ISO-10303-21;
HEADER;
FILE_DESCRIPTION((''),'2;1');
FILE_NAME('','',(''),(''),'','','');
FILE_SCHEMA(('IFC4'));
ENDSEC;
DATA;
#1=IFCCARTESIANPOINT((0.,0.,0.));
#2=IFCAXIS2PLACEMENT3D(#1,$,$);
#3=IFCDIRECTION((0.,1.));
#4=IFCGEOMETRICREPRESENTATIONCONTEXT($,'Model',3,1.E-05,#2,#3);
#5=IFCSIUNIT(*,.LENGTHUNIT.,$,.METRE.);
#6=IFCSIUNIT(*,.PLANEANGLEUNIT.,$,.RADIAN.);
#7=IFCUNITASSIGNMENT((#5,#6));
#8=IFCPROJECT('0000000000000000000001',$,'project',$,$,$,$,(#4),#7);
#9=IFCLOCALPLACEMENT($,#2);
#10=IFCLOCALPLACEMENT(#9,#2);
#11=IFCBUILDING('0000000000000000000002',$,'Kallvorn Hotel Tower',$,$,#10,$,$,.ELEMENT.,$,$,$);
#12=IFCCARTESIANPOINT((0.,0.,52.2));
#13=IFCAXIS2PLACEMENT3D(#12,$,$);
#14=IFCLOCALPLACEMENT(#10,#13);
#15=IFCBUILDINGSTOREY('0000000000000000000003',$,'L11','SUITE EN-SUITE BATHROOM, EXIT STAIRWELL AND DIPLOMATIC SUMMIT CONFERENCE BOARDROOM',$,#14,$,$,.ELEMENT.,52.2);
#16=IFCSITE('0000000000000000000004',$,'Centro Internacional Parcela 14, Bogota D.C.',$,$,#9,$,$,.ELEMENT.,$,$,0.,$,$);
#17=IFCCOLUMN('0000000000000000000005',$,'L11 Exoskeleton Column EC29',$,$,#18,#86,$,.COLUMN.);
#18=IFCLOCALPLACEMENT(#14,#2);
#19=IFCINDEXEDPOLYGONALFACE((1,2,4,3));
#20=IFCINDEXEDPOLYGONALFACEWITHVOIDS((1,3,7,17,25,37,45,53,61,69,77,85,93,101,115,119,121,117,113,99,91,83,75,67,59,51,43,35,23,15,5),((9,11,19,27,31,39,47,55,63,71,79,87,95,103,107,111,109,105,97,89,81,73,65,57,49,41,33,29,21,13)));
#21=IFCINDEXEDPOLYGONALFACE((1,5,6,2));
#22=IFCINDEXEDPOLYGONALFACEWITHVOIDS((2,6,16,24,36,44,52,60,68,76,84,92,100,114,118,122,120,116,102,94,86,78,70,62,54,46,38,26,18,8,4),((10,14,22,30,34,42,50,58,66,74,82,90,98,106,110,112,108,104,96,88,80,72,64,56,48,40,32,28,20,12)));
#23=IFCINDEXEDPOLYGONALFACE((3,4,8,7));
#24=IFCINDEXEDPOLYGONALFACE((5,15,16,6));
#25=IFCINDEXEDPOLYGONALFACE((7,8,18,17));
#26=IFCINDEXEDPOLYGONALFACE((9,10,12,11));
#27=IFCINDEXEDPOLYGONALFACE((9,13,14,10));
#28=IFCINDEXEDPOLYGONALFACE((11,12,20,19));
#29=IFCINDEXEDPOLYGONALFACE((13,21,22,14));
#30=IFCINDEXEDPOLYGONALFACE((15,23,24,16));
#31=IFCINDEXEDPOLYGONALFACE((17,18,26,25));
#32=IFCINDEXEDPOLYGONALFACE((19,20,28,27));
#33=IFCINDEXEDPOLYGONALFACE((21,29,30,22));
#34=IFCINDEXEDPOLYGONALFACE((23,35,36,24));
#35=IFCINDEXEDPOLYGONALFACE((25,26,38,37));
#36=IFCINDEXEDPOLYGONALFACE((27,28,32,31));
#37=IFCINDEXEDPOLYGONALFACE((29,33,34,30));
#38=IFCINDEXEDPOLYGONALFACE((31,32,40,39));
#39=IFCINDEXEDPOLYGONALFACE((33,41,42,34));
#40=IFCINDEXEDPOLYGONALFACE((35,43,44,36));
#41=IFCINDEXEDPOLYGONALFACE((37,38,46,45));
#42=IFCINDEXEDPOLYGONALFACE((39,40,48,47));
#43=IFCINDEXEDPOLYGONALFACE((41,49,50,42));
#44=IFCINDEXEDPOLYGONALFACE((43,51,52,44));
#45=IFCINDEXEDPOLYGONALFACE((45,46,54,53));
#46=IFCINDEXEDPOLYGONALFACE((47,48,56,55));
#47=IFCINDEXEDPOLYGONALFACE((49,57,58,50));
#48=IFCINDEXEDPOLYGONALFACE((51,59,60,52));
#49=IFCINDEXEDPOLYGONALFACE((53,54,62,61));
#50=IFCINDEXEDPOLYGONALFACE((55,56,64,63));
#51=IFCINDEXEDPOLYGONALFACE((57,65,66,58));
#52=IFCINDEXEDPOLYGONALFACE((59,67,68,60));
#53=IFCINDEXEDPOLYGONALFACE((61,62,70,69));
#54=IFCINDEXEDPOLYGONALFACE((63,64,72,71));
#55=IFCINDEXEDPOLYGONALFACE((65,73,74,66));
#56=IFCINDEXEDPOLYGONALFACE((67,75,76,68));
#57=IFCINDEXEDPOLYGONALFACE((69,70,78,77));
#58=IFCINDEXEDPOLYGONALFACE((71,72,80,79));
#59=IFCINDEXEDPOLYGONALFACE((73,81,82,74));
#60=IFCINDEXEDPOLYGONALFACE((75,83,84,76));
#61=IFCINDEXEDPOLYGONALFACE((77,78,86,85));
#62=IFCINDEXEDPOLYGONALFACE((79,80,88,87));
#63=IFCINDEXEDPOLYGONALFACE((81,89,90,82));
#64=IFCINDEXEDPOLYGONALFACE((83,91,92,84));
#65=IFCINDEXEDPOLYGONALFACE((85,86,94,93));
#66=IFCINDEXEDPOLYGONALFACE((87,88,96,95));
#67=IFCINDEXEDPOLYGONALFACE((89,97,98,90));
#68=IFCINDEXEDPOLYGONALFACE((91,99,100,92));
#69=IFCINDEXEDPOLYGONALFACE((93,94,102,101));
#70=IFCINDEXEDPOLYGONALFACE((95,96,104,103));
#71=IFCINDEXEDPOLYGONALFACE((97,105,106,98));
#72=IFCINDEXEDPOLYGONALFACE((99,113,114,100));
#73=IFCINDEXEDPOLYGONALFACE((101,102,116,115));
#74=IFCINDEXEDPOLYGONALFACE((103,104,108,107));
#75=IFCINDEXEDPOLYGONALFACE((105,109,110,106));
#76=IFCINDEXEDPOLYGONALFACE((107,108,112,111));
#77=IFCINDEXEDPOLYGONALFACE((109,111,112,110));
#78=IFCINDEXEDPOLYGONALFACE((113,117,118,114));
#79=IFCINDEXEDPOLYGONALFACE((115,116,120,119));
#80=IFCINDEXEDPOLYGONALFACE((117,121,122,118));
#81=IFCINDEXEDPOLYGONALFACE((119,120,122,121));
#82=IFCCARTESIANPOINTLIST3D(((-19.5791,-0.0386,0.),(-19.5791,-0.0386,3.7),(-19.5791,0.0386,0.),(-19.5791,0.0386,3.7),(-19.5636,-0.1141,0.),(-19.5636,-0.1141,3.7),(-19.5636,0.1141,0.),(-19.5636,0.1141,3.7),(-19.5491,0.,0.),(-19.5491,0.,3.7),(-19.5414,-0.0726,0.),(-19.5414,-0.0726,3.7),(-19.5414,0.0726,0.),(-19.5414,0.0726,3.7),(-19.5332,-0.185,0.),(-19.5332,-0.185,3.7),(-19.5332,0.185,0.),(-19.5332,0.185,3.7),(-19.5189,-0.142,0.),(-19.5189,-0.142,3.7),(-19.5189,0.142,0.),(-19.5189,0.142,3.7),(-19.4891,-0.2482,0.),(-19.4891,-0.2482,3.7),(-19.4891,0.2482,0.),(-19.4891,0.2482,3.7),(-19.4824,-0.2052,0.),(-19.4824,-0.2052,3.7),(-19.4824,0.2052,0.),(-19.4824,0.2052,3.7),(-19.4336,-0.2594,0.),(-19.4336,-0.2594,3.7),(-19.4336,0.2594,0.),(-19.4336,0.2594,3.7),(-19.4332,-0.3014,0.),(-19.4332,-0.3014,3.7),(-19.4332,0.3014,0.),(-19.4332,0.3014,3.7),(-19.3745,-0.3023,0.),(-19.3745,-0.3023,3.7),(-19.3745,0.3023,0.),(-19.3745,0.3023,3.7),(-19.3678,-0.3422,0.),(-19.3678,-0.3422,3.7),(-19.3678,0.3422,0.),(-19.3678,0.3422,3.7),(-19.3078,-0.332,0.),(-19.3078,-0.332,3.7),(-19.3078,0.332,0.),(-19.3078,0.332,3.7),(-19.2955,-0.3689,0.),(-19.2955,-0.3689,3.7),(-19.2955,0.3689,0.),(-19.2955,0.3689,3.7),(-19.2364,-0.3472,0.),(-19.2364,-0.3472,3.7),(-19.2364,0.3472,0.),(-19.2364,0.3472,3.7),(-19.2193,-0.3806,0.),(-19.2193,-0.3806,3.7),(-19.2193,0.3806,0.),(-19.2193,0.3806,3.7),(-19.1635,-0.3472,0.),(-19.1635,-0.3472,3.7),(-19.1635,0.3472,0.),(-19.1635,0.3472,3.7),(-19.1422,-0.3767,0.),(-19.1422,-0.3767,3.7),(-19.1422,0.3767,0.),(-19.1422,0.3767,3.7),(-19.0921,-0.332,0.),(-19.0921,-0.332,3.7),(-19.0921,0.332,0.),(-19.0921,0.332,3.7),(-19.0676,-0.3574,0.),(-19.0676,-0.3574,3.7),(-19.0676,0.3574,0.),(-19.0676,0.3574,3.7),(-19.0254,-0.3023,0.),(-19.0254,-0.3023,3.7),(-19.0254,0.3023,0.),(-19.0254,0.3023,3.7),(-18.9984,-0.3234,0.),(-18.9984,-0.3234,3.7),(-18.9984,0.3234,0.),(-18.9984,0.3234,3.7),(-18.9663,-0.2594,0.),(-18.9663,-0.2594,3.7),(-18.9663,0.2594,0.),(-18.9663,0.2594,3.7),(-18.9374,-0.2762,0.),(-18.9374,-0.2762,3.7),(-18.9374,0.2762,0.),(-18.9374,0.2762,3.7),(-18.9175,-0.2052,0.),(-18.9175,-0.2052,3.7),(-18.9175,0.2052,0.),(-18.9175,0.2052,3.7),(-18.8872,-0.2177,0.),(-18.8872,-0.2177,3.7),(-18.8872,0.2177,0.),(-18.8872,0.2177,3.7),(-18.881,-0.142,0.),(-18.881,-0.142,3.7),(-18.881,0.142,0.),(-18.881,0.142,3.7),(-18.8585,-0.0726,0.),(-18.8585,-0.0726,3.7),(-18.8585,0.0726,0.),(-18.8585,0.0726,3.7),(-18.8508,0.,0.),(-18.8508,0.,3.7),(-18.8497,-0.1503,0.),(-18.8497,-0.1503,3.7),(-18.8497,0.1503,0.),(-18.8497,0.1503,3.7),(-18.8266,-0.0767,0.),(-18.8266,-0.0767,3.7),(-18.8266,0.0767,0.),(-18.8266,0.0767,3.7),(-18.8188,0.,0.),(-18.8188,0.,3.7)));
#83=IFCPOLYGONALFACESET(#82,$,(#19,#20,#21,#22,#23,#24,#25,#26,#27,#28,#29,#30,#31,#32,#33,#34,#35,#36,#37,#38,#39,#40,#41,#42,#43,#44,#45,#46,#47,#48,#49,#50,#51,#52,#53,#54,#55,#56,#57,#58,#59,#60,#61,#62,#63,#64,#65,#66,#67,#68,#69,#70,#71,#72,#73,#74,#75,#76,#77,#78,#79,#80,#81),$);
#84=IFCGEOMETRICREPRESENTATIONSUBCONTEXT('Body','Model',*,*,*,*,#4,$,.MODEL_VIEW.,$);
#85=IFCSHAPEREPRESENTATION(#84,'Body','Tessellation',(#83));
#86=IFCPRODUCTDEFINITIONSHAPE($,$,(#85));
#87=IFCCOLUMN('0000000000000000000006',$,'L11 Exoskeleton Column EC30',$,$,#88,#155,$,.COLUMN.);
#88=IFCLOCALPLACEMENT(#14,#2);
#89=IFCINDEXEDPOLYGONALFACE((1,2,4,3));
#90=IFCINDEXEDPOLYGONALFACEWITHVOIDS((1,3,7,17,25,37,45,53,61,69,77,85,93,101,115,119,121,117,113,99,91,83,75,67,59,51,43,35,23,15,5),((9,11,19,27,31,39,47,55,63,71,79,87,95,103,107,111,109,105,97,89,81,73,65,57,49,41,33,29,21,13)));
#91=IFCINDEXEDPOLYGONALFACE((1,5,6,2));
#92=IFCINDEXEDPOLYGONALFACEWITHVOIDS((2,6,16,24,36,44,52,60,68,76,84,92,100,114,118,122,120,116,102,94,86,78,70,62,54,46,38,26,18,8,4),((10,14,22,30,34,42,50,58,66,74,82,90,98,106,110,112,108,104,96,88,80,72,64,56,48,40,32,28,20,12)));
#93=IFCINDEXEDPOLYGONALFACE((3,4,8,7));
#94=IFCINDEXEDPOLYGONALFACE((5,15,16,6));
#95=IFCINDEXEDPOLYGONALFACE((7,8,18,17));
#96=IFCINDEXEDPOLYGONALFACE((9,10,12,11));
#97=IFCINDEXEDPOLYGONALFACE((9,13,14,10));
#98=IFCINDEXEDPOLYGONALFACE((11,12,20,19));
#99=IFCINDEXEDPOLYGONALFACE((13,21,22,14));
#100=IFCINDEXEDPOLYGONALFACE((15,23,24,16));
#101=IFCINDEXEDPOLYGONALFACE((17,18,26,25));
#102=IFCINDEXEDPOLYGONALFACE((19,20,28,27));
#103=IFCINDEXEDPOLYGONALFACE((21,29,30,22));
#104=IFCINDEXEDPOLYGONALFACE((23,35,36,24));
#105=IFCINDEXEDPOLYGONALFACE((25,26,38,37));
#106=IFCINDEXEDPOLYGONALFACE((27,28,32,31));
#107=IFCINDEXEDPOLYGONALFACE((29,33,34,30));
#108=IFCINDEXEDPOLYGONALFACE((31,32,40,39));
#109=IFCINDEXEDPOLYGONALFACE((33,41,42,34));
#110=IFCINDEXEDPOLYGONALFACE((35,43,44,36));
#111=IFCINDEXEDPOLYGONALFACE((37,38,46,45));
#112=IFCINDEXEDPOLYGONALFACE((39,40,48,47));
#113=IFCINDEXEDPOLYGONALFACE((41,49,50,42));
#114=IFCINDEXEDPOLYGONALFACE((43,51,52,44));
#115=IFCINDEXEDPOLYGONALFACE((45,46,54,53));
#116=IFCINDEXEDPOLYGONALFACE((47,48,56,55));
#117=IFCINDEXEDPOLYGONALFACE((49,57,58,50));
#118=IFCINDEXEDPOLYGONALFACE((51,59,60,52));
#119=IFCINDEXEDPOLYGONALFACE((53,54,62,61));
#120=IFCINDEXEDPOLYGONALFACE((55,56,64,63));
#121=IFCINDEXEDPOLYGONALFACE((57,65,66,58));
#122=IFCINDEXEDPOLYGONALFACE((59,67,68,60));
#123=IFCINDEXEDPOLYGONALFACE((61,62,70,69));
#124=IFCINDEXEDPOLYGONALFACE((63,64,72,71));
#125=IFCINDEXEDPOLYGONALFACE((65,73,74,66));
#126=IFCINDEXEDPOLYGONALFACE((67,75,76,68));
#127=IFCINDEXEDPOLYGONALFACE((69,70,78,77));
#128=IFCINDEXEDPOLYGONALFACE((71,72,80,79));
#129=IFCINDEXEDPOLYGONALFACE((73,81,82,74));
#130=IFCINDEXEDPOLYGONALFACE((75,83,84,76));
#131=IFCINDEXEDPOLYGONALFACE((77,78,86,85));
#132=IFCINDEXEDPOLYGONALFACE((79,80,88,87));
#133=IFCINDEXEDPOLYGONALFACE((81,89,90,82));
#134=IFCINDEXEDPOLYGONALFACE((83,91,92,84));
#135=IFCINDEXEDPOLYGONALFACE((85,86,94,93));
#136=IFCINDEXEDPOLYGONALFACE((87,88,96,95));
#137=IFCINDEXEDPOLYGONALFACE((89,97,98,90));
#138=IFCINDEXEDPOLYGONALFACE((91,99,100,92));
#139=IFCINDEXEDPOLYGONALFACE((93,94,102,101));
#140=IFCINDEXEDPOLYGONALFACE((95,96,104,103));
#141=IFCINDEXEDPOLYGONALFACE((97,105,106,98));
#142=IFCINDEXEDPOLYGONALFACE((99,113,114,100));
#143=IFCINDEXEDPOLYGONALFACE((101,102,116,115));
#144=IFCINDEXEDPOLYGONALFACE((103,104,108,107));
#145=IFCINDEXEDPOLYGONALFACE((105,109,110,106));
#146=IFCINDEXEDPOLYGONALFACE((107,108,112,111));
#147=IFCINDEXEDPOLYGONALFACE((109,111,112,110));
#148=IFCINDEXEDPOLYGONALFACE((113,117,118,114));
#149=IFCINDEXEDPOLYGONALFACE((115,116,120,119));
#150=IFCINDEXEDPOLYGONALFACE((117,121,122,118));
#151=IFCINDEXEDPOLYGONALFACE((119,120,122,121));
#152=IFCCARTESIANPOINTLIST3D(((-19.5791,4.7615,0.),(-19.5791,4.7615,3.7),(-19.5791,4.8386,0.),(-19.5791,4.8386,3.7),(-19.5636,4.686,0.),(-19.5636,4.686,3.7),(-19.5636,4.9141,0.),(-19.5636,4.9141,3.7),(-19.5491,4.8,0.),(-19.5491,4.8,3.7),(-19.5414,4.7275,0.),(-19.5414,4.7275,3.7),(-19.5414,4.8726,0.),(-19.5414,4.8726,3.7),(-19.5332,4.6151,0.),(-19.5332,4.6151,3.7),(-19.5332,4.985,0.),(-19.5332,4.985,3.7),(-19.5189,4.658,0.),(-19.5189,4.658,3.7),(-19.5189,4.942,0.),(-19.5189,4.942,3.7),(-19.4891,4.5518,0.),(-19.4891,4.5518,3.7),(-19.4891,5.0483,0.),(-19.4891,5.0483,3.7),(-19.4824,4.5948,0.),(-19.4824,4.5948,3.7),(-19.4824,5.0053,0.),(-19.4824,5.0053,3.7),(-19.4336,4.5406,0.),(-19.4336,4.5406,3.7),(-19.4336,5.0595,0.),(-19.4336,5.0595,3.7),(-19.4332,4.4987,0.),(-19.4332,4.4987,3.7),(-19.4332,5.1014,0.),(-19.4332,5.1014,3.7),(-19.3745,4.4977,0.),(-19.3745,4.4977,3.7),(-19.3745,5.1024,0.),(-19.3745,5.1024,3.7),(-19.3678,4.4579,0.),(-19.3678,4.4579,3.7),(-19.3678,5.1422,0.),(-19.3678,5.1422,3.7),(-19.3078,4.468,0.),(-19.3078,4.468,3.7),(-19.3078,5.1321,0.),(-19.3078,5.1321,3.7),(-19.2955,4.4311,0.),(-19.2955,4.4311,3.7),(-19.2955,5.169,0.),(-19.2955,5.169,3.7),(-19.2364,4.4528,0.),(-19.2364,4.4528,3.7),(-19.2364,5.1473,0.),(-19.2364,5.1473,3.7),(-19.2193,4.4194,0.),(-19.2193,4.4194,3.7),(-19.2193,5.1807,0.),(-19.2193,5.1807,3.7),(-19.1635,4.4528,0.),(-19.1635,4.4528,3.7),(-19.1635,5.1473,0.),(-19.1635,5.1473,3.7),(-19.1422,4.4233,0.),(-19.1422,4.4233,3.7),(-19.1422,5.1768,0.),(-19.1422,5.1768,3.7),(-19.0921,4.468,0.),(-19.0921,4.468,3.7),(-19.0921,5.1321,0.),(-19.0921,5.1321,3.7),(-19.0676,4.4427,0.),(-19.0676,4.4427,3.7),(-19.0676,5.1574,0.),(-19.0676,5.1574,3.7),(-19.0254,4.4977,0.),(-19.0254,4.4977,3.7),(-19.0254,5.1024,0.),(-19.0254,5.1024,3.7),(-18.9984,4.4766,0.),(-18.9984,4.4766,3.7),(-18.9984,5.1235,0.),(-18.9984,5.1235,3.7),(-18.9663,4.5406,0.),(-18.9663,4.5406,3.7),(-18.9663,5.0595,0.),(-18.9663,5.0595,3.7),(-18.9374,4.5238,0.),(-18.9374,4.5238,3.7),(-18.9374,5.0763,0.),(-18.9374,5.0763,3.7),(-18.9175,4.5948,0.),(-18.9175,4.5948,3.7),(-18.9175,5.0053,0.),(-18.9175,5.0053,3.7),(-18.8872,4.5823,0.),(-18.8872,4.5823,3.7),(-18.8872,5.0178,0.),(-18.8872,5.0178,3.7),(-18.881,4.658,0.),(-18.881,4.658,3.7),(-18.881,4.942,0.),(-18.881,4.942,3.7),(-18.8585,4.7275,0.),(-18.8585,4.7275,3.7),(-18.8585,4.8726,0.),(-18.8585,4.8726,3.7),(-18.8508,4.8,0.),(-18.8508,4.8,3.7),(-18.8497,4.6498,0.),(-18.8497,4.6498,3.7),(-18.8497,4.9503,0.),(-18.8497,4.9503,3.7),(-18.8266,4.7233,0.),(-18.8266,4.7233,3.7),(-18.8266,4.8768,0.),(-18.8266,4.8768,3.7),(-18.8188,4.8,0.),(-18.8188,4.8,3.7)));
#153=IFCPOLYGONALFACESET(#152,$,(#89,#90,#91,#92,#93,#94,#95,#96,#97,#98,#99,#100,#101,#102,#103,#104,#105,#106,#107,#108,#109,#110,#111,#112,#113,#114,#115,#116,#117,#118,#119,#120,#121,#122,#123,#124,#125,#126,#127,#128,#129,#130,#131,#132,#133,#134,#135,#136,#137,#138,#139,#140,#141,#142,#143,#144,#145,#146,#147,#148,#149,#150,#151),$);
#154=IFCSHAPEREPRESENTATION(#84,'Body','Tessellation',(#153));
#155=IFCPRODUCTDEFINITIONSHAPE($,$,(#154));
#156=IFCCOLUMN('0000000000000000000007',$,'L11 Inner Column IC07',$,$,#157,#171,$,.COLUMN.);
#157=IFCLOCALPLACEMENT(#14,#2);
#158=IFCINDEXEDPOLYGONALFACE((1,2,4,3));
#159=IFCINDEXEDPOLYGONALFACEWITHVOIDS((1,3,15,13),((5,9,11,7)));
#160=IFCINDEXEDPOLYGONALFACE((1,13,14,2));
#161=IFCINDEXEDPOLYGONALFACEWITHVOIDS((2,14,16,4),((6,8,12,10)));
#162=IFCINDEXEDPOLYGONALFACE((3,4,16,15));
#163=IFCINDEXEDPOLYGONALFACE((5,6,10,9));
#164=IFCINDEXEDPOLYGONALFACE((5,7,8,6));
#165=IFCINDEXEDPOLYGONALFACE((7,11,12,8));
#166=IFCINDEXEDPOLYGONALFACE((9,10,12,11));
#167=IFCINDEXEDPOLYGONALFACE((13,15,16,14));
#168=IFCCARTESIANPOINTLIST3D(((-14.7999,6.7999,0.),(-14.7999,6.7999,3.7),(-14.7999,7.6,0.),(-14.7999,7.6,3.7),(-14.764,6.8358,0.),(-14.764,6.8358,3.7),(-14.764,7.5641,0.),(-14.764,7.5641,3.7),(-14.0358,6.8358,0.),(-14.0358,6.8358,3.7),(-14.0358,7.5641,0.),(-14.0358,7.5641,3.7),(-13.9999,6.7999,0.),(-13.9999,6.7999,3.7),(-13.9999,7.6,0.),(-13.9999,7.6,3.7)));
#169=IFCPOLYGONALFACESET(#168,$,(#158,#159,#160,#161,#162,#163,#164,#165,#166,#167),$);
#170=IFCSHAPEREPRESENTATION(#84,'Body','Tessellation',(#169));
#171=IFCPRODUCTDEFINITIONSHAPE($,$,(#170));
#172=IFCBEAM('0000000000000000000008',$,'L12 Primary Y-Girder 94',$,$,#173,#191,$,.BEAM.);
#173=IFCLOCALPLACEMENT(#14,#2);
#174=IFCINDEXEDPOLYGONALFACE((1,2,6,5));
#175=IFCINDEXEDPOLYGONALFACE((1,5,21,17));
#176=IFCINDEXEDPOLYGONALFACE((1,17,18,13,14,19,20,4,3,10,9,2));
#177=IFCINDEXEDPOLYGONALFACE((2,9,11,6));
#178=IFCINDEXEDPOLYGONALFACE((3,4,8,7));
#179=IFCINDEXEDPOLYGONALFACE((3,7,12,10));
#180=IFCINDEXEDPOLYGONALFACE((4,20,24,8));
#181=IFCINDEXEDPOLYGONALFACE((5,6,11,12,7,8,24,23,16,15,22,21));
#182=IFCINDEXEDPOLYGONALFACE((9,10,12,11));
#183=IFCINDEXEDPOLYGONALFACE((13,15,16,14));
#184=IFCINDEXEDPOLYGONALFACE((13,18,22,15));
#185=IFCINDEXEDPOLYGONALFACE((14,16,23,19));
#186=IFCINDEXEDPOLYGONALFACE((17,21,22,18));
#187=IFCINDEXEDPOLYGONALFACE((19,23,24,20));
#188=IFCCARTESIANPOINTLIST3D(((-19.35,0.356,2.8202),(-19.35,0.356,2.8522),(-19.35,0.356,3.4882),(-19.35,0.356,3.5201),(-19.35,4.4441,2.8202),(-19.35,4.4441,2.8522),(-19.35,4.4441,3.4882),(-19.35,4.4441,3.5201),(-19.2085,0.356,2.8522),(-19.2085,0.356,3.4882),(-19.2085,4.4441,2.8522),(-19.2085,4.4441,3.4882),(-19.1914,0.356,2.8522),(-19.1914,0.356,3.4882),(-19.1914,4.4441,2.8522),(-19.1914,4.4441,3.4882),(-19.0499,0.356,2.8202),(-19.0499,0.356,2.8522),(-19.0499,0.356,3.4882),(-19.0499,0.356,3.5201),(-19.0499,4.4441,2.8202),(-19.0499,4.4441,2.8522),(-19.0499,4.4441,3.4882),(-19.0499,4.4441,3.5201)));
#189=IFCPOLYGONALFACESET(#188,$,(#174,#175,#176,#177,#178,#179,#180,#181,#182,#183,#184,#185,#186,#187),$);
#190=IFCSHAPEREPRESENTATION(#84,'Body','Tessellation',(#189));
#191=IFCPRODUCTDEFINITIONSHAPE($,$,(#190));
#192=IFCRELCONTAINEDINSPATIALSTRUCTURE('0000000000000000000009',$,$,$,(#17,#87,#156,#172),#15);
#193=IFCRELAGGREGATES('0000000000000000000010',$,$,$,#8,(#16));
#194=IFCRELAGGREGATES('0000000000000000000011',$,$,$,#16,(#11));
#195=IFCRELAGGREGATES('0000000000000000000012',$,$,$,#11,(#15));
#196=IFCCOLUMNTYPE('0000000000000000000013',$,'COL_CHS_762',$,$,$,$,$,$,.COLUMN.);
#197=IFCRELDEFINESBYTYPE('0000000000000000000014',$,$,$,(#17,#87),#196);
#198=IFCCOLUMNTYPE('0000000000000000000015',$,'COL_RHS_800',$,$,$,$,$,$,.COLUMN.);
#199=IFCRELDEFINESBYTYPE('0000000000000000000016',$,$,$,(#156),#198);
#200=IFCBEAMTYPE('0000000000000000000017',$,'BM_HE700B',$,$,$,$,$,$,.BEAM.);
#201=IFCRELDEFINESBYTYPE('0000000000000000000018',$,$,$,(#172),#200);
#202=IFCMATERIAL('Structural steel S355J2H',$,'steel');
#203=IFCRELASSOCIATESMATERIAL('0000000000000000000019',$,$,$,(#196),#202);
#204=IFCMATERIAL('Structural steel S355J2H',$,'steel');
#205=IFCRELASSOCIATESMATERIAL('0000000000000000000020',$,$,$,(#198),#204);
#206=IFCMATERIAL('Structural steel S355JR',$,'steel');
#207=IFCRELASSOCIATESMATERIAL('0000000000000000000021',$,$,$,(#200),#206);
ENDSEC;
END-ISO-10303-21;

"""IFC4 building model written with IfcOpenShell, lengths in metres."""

from ifc_helpers import new_model, si_unit, direction, frame, origin, origin_2d, place, context, subcontext, project, spatial, hollow_rectangle, hollow_circle, i_section, extrude, material, material_profile, profile_set, type_object, element, save


model = new_model("IFC4")

# Units and contexts
model_context = context("Model", 3, precision=1e-05, world=origin(), true_north=direction((0.0, 1.0)))
body_context = subcontext(model_context, "Body", "Model", "MODEL_VIEW")
ifc_project = project(units=[si_unit("LENGTHUNIT", "METRE"), si_unit("PLANEANGLEUNIT", "RADIAN")], contexts=[model_context])

# Site, building, storey
site_placement = place(None, origin())
site = spatial("IfcSite", under=ifc_project, at=site_placement, Name="Centro Internacional Parcela 14, Bogota D.C.", CompositionType="ELEMENT", RefElevation=0.0)
building_placement = place(site_placement, origin())
building = spatial("IfcBuilding", under=site, at=building_placement, Name="Kallvorn Hotel Tower", CompositionType="ELEMENT")
storey_placement = place(building_placement, frame((0.0, 0.0, 52.2)))
storey = spatial("IfcBuildingStorey", under=building, at=storey_placement, Name="L11", Description="SUITE EN-SUITE BATHROOM, EXIT STAIRWELL AND DIPLOMATIC SUMMIT CONFERENCE BOARDROOM", CompositionType="ELEMENT", Elevation=52.2)

# Columns
ifc_material_1 = material(Name="Structural steel S355J2H", Category="steel")
ifc_material_profile_1 = material_profile(ifc_material_1, hollow_circle(Radius=0.3811, WallThickness=0.032, at=origin_2d()), Name="CHS 762x32")
ifc_profile_set_1 = profile_set([ifc_material_profile_1], Name="Structural steel S355J2H")
column_type_1 = type_object("IfcColumnType", Name="COL_CHS_762", PredefinedType="COLUMN", material=ifc_profile_set_1)
for number, where, z_axis, x_axis, name in (
    (1, (-19.2, 0.0, 0.0), (0.0, 0.0, 1.0), (1.0, 0.0, 0.0), "L11 Exoskeleton Column EC29"),
    (2, (-19.2, 4.8, 0.0), (0.0, 0.0, 1.0), (1.0, 0.0, 0.0), "L11 Exoskeleton Column EC30"),
):
    element("IfcColumn", number, at=place(storey_placement, frame(where, z_axis=z_axis, x_axis=x_axis)), inside=storey, type_object=column_type_1, Name=name, PredefinedType="COLUMN", context=body_context, shape_type="SweptSolid", body=[
        extrude(hollow_circle(Radius=0.3811, WallThickness=0.032, at=origin_2d()), origin(), (0.0, 0.0, 1.0), 3.7),
    ])
ifc_material_2 = material(Name="Structural steel S355J2H", Category="steel")
ifc_material_profile_2 = material_profile(ifc_material_2, hollow_rectangle(XDim=0.8, YDim=0.8, WallThickness=0.0359, at=origin_2d()), Name="RHS 800x800x36")
ifc_profile_set_2 = profile_set([ifc_material_profile_2], Name="Structural steel S355J2H")
column_type_2 = type_object("IfcColumnType", Name="COL_RHS_800", PredefinedType="COLUMN", material=ifc_profile_set_2)
column_placement = place(storey_placement, frame((-14.3999, 7.2, 0.0), z_axis=(0.0, 0.0, 1.0), x_axis=(1.0, 0.0, 0.0)))
element("IfcColumn", 3, at=column_placement, inside=storey, type_object=column_type_2, Name="L11 Inner Column IC07", PredefinedType="COLUMN", context=body_context, shape_type="SweptSolid", body=[
    extrude(hollow_rectangle(XDim=0.8, YDim=0.8, WallThickness=0.0359, at=origin_2d()), origin(), (0.0, 0.0, 1.0), 3.7),
])

# Beam
ifc_material_3 = material(Name="Structural steel S355JR", Category="steel")
ifc_material_profile_3 = material_profile(ifc_material_3, i_section(OverallWidth=0.3, OverallDepth=0.7, WebThickness=0.0171, FlangeThickness=0.032, at=origin_2d()), Name="HE 700 B")
ifc_profile_set_3 = profile_set([ifc_material_profile_3], Name="Structural steel S355JR")
beam_type_1 = type_object("IfcBeamType", Name="BM_HE700B", PredefinedType="BEAM", material=ifc_profile_set_3)
beam_1_placement = place(storey_placement, frame((-19.2, 0.356, 3.1702), z_axis=(0.0, 1.0, 0.0), x_axis=(-1.0, 0.0, 0.0)))
element("IfcBeam", 4, at=beam_1_placement, inside=storey, type_object=beam_type_1, Name="L12 Primary Y-Girder 94", PredefinedType="BEAM", context=body_context, shape_type="SweptSolid", body=[
    extrude(i_section(OverallWidth=0.3, OverallDepth=0.7, WebThickness=0.0171, FlangeThickness=0.032, at=origin_2d()), origin(), (0.0, 0.0, 1.0), 4.0881),
])

save(model, "model.ifc")
